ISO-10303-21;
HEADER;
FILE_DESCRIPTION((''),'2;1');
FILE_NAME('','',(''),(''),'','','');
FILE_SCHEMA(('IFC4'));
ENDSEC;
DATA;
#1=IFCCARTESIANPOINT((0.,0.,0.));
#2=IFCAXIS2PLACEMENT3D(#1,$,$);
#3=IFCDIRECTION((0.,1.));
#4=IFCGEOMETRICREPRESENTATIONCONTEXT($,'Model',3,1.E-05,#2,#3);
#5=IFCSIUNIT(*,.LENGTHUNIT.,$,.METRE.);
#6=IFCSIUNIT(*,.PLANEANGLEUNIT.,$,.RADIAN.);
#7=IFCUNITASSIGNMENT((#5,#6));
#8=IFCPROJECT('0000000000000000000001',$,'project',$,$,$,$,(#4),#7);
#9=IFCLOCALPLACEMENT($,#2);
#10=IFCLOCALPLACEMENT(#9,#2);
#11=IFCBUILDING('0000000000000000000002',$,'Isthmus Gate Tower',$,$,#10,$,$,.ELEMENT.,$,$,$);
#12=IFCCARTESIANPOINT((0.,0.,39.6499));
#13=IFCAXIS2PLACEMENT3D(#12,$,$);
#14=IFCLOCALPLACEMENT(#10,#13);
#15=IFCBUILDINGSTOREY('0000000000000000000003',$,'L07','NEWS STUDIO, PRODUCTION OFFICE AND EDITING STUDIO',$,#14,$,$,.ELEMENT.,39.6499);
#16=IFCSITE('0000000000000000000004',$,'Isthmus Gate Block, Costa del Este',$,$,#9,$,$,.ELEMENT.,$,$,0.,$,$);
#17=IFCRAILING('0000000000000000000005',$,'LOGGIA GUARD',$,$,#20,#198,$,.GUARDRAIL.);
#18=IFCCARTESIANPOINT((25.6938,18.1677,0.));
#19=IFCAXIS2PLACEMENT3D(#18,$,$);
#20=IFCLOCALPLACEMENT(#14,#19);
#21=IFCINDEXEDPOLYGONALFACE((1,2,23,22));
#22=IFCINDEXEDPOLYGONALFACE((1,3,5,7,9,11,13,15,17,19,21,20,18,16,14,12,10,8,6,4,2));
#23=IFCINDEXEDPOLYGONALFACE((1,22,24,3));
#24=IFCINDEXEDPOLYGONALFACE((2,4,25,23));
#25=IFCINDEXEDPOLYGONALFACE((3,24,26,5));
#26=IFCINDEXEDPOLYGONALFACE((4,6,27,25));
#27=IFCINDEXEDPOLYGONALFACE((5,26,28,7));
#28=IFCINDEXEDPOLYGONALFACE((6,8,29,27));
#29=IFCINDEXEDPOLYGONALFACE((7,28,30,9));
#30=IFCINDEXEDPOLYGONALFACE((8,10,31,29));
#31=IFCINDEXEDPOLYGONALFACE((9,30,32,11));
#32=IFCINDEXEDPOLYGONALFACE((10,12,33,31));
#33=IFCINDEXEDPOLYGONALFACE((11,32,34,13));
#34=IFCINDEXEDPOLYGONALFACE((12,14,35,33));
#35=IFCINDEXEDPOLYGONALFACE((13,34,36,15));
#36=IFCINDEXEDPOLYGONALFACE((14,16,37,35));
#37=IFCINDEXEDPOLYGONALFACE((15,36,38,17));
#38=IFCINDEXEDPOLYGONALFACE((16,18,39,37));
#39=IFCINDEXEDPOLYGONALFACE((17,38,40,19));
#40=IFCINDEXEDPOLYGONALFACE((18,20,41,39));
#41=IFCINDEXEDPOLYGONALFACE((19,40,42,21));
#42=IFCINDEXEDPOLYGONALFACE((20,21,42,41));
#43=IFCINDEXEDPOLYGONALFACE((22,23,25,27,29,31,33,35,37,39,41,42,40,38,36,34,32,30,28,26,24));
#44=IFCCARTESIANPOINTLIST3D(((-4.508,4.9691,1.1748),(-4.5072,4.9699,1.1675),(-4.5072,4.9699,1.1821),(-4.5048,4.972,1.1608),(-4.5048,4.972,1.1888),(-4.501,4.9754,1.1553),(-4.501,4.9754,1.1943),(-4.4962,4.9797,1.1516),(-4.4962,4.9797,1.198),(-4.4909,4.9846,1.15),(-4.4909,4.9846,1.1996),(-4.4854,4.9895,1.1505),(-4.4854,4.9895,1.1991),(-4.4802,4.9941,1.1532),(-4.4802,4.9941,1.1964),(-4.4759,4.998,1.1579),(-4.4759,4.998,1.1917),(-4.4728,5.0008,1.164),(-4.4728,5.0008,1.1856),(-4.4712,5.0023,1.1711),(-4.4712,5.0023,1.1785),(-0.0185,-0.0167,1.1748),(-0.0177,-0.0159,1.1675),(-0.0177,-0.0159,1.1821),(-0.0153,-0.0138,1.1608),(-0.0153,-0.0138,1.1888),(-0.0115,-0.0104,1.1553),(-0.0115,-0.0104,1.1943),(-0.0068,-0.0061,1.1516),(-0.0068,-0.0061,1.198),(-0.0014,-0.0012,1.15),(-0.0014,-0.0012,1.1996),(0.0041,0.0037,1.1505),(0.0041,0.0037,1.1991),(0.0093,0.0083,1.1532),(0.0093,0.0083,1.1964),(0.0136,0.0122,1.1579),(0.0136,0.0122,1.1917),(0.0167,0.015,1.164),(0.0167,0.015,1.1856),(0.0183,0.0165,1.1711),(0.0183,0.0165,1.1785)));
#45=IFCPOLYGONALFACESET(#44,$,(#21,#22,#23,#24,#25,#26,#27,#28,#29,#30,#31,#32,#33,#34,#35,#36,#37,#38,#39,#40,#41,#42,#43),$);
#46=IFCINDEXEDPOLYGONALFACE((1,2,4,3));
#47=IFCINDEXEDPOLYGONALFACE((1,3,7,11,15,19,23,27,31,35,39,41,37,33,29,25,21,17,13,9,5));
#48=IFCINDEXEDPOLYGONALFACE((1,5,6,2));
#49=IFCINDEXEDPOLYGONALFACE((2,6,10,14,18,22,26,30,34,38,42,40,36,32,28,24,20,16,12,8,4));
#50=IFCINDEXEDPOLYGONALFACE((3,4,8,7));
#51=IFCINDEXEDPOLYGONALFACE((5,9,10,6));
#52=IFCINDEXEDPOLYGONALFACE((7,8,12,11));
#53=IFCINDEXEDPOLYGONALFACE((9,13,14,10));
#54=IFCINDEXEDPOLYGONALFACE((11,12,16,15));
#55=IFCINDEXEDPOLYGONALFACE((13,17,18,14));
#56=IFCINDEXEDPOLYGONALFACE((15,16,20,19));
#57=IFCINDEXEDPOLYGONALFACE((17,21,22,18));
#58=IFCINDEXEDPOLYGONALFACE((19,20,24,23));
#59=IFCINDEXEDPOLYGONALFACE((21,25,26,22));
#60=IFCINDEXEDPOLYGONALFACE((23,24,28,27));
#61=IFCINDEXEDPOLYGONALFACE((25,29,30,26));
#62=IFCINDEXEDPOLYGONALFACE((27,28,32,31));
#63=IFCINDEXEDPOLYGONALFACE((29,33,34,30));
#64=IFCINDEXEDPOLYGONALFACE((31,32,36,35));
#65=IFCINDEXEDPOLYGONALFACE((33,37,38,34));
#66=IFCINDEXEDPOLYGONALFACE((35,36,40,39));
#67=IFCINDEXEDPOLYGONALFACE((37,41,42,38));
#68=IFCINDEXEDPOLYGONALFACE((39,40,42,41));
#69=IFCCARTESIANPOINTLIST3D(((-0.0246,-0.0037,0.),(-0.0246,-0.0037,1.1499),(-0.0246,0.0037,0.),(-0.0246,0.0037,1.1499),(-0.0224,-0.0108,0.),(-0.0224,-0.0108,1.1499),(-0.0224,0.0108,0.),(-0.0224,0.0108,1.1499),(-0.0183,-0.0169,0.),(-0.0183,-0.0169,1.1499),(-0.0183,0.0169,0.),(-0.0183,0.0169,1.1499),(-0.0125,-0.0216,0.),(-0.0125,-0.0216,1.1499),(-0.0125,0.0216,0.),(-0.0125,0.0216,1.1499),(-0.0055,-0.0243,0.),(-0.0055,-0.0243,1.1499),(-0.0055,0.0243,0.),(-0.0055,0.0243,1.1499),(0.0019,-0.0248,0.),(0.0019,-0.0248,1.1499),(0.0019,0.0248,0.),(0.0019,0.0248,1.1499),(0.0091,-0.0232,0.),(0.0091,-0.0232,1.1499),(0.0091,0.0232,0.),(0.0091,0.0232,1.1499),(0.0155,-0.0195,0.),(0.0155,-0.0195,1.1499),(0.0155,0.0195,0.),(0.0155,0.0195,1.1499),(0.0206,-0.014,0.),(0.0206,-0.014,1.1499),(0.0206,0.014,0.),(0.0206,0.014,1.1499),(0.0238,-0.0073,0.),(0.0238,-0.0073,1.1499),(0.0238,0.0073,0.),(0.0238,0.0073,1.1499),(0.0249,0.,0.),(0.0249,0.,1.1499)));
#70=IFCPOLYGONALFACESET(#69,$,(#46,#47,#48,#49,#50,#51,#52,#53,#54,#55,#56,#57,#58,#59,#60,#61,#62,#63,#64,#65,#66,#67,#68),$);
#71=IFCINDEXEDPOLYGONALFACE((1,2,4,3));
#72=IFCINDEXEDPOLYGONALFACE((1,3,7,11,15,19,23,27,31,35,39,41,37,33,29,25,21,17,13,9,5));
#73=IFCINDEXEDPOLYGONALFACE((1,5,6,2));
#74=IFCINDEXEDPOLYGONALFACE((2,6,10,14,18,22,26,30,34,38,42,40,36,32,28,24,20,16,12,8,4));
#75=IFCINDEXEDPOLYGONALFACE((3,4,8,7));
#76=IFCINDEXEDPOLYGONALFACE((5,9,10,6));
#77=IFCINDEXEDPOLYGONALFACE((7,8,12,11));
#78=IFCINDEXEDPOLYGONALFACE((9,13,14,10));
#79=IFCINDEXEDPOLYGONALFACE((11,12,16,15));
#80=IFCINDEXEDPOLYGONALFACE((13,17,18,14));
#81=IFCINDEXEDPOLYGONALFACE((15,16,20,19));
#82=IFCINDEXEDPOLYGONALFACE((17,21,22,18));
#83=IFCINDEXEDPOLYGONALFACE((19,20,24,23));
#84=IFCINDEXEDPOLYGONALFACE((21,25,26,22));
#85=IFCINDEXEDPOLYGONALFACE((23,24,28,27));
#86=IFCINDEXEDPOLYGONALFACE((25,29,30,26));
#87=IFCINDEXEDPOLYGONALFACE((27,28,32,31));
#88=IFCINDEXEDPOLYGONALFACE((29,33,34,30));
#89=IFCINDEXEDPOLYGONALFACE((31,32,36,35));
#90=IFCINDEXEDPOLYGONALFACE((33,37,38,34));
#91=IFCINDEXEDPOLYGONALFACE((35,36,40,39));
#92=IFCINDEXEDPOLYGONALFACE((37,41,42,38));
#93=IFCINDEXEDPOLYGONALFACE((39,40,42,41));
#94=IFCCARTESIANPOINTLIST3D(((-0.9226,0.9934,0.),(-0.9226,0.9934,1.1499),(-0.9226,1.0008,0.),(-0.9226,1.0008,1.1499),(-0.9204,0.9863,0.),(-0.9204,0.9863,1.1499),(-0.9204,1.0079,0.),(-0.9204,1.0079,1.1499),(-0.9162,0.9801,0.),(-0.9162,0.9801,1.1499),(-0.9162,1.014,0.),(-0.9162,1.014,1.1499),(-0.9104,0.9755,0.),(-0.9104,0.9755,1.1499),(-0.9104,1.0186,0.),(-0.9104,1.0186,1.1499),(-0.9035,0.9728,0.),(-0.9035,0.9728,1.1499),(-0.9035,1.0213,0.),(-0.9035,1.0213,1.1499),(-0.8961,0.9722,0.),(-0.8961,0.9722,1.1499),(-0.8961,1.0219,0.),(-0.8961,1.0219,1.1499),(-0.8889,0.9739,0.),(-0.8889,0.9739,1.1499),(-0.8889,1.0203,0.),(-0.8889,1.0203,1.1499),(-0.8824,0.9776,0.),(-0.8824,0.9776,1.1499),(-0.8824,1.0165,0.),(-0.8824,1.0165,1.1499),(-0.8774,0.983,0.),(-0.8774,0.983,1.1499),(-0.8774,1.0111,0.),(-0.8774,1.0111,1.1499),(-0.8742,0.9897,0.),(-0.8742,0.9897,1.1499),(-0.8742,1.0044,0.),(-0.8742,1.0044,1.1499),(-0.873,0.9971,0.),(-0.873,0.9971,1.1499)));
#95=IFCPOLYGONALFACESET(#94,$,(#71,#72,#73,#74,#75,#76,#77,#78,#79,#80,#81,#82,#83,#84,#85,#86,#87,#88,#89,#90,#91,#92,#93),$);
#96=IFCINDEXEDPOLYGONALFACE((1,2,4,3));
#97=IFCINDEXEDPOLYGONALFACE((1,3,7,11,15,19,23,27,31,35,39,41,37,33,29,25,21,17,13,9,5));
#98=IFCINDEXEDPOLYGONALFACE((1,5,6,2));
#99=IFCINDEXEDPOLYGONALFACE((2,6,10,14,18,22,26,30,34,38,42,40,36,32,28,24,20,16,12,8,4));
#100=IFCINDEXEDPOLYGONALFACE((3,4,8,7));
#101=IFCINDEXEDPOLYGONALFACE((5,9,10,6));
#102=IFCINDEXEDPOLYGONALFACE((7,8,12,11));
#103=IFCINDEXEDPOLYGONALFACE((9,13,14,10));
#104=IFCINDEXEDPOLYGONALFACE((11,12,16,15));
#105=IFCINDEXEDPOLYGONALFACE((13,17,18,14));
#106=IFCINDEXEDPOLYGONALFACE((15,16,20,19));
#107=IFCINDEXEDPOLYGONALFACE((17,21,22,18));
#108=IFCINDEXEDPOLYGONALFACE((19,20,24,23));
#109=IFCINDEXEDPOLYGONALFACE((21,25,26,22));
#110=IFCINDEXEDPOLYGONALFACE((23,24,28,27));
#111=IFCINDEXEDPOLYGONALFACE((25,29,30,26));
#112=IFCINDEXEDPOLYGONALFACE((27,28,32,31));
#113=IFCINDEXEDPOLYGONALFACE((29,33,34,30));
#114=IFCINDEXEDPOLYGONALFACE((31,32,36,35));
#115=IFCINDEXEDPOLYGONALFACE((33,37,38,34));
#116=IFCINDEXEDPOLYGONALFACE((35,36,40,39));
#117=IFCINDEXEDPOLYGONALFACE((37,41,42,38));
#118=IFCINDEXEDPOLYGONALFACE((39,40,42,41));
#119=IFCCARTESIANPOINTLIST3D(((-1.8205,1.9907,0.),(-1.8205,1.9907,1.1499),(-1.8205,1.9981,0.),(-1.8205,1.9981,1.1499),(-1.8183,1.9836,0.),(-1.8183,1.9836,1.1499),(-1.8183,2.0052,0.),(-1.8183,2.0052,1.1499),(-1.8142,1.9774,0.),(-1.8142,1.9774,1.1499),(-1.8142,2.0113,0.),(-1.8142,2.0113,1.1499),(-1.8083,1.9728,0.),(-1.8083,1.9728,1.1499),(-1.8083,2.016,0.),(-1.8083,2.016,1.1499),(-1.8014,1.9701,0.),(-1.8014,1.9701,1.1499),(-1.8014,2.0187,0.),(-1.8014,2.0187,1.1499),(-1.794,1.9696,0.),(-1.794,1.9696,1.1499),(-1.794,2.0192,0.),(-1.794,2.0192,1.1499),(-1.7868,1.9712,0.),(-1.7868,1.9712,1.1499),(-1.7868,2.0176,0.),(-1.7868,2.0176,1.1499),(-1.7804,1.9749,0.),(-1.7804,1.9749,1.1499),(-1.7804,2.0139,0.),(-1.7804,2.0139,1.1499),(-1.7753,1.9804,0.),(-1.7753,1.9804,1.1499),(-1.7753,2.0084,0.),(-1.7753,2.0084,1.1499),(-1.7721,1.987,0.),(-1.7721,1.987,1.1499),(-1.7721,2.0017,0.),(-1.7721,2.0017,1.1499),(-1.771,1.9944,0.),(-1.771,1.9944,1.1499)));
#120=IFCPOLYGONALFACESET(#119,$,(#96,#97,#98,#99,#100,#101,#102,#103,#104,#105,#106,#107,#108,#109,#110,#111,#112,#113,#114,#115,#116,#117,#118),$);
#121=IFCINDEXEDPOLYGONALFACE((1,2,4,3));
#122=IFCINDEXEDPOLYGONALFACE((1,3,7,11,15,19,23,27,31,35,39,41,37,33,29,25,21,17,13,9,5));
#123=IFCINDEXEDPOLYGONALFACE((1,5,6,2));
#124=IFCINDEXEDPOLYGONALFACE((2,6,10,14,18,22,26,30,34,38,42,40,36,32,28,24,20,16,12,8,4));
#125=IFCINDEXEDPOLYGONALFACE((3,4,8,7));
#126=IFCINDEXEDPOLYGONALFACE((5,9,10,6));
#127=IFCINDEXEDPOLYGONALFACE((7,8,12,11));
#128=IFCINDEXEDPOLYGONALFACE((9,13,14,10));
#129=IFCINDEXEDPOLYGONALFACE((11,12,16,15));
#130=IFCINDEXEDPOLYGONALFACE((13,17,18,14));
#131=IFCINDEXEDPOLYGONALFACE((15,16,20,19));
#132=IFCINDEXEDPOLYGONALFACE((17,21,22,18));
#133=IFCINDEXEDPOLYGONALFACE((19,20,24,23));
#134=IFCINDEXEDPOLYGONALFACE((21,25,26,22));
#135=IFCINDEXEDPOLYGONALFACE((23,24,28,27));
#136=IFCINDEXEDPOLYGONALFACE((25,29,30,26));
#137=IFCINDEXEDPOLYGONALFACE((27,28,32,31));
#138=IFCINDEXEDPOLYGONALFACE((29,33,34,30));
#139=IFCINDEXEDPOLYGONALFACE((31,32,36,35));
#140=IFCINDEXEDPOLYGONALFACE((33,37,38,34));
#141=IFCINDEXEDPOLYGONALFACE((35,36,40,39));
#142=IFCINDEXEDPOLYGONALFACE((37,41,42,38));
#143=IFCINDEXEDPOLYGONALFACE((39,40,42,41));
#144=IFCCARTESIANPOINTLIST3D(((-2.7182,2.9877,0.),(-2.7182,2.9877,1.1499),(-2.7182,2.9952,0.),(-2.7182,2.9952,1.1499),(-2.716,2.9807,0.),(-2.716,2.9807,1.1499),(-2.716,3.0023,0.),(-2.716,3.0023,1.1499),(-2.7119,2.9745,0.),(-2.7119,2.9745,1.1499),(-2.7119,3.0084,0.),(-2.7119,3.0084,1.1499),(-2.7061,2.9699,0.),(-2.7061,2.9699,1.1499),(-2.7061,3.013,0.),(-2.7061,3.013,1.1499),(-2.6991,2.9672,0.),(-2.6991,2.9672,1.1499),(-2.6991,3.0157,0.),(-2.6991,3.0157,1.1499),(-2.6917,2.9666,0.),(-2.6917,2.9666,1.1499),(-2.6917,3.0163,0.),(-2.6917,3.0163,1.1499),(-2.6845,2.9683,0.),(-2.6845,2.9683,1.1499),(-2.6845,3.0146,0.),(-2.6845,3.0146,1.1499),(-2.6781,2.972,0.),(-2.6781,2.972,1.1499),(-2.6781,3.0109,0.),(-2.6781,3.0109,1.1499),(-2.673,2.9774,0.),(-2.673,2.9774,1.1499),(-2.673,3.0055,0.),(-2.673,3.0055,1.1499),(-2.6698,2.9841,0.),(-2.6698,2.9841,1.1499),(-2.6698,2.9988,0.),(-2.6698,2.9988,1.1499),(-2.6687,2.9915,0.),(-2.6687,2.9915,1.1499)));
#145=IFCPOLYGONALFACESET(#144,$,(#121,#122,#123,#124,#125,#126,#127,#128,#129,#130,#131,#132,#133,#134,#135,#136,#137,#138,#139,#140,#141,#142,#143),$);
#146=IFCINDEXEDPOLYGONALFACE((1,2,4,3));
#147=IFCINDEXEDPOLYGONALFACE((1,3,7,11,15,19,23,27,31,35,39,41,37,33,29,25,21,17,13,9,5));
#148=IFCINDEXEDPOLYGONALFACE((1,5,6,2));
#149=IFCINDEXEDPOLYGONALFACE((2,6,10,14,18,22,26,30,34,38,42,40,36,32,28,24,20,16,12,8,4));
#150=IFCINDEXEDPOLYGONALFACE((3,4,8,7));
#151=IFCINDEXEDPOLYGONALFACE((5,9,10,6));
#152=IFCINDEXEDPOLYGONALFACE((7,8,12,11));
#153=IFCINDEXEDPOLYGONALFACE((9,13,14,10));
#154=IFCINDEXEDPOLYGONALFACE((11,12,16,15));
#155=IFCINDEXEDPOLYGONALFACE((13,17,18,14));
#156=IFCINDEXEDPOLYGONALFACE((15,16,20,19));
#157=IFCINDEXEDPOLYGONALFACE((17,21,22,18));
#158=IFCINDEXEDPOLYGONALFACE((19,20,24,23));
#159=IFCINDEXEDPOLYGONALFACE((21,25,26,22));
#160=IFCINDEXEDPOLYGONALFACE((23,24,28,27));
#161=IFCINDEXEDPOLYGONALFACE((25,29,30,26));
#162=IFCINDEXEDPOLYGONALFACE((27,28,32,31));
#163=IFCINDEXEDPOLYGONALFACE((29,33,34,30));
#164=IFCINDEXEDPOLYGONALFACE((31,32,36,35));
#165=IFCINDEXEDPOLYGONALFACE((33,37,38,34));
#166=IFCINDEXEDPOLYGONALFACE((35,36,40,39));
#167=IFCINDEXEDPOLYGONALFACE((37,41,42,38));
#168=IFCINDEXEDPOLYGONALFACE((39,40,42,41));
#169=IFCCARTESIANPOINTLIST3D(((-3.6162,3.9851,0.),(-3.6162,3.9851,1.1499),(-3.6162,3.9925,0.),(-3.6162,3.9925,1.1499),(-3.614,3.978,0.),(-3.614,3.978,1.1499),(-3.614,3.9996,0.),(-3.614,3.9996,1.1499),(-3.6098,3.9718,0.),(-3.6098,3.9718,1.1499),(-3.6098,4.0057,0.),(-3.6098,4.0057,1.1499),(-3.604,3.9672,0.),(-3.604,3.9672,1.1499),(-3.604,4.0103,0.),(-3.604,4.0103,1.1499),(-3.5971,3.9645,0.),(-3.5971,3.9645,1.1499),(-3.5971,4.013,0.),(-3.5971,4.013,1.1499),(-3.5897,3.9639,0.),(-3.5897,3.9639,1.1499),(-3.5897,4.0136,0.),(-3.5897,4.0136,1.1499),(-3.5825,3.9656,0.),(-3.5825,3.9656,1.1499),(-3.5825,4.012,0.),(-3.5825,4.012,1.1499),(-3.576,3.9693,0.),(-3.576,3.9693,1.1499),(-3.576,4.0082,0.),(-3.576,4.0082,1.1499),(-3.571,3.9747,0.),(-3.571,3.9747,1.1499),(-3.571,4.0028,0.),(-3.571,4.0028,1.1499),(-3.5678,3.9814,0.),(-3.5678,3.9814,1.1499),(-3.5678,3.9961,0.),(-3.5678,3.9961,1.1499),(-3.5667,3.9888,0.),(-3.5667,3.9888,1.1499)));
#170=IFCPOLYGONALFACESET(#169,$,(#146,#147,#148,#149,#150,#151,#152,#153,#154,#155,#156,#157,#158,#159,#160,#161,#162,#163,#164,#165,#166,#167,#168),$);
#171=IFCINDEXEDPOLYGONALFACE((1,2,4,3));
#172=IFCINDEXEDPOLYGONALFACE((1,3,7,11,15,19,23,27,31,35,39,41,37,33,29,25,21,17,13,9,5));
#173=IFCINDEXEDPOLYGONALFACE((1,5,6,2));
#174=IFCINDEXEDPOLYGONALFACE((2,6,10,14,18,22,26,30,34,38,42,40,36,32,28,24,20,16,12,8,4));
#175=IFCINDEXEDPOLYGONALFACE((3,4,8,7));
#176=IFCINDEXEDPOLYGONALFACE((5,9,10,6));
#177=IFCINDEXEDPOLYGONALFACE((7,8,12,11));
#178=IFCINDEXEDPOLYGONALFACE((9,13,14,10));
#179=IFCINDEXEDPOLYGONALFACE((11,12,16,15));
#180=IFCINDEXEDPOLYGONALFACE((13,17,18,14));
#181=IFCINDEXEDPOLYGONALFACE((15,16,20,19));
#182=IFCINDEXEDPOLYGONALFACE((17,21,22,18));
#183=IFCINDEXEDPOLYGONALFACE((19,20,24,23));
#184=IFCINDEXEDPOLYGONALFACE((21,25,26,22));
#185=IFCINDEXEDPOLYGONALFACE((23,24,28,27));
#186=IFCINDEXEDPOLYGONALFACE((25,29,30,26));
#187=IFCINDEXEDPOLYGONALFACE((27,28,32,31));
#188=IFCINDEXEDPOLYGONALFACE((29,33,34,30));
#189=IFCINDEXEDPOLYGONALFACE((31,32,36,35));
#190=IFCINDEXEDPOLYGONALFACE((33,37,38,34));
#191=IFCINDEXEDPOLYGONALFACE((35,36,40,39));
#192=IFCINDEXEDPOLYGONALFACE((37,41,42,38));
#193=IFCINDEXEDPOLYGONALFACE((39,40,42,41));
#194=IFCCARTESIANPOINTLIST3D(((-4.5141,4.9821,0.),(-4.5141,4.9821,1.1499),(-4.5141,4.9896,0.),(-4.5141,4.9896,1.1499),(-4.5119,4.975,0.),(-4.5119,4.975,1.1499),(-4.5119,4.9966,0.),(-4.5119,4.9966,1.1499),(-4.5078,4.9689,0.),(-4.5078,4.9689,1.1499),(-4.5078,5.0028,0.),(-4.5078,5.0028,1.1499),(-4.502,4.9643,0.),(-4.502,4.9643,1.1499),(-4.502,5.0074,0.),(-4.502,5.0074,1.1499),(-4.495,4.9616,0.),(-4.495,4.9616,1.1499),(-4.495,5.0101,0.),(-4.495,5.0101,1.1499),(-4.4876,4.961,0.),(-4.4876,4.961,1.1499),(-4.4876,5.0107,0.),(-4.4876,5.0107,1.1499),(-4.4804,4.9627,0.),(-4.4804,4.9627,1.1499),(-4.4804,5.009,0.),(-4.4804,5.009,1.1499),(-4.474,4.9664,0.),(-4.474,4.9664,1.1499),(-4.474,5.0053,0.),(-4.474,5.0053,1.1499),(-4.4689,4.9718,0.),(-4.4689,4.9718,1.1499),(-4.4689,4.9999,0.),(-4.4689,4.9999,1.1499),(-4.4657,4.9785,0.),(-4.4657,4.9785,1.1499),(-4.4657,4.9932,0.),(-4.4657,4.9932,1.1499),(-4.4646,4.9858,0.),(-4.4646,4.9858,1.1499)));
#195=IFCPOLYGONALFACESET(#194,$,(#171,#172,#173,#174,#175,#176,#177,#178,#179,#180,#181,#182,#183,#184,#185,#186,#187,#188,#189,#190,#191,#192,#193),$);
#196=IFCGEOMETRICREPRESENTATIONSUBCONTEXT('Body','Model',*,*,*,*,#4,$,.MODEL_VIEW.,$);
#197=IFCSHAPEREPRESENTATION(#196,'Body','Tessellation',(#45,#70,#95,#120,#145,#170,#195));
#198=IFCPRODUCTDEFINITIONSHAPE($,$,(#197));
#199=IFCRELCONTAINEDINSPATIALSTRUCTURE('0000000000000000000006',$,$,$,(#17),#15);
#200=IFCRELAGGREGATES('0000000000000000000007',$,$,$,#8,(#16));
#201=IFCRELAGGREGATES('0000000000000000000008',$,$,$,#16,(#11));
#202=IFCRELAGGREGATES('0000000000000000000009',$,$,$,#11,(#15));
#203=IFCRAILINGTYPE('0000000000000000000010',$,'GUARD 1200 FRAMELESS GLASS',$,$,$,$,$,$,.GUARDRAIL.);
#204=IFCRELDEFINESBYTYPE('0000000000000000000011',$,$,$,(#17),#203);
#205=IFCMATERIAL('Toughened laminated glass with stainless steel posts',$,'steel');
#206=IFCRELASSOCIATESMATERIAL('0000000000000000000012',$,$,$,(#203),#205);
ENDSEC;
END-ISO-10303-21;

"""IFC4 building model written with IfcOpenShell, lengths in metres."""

from ifc_helpers import new_model, si_unit, direction, frame, origin, origin_2d, place, context, subcontext, project, spatial, circle, extrude, material, type_object, element, save


model = new_model("IFC4")

# Units and contexts
model_context = context("Model", 3, precision=1e-05, world=origin(), true_north=direction((0.0, 1.0)))
body_context = subcontext(model_context, "Body", "Model", "MODEL_VIEW")
ifc_project = project(units=[si_unit("LENGTHUNIT", "METRE"), si_unit("PLANEANGLEUNIT", "RADIAN")], contexts=[model_context])

# Site, building, storey
site_placement = place(None, origin())
site = spatial("IfcSite", under=ifc_project, at=site_placement, Name="Isthmus Gate Block, Costa del Este", CompositionType="ELEMENT", RefElevation=0.0)
building_placement = place(site_placement, origin())
building = spatial("IfcBuilding", under=site, at=building_placement, Name="Isthmus Gate Tower", CompositionType="ELEMENT")
storey_placement = place(building_placement, frame((0.0, 0.0, 39.6499)))
storey = spatial("IfcBuildingStorey", under=building, at=storey_placement, Name="L07", Description="NEWS STUDIO, PRODUCTION OFFICE AND EDITING STUDIO", CompositionType="ELEMENT", Elevation=39.6499)

# Railing
ifc_material_1 = material(Name="Toughened laminated glass with stainless steel posts", Category="steel")
railing_type = type_object("IfcRailingType", Name="GUARD 1200 FRAMELESS GLASS", PredefinedType="GUARDRAIL", material=ifc_material_1)
railing_placement = place(storey_placement, frame((25.6938, 18.1677, 0.0)))
element("IfcRailing", 1, at=railing_placement, inside=storey, type_object=railing_type, Name="LOGGIA GUARD", PredefinedType="GUARDRAIL", context=body_context, shape_type="SweptSolid", body=[
    extrude(circle(Radius=0.0249, at=origin_2d()), frame((0.0, 0.0, 1.1748), z_axis=(-0.66915, 0.743128, 0.0), x_axis=(-0.743128, -0.66915, 0.0)), (0.0, 0.0, 1.0), 6.7092),
    extrude(circle(Radius=0.0249, at=origin_2d()), origin(), (0.0, 0.0, 1.0), 1.1499),
    extrude(circle(Radius=0.0249, at=origin_2d()), frame((-0.8979, 0.9971, 0.0)), (0.0, 0.0, 1.0), 1.1499),
    extrude(circle(Radius=0.0249, at=origin_2d()), frame((-1.7959, 1.9944, 0.0)), (0.0, 0.0, 1.0), 1.1499),
    extrude(circle(Radius=0.0249, at=origin_2d()), frame((-2.6936, 2.9915, 0.0)), (0.0, 0.0, 1.0), 1.1499),
    extrude(circle(Radius=0.0249, at=origin_2d()), frame((-3.5916, 3.9888, 0.0)), (0.0, 0.0, 1.0), 1.1499),
    extrude(circle(Radius=0.0249, at=origin_2d()), frame((-4.4895, 4.9858, 0.0)), (0.0, 0.0, 1.0), 1.1499),
])

save(model, "model.ifc")
